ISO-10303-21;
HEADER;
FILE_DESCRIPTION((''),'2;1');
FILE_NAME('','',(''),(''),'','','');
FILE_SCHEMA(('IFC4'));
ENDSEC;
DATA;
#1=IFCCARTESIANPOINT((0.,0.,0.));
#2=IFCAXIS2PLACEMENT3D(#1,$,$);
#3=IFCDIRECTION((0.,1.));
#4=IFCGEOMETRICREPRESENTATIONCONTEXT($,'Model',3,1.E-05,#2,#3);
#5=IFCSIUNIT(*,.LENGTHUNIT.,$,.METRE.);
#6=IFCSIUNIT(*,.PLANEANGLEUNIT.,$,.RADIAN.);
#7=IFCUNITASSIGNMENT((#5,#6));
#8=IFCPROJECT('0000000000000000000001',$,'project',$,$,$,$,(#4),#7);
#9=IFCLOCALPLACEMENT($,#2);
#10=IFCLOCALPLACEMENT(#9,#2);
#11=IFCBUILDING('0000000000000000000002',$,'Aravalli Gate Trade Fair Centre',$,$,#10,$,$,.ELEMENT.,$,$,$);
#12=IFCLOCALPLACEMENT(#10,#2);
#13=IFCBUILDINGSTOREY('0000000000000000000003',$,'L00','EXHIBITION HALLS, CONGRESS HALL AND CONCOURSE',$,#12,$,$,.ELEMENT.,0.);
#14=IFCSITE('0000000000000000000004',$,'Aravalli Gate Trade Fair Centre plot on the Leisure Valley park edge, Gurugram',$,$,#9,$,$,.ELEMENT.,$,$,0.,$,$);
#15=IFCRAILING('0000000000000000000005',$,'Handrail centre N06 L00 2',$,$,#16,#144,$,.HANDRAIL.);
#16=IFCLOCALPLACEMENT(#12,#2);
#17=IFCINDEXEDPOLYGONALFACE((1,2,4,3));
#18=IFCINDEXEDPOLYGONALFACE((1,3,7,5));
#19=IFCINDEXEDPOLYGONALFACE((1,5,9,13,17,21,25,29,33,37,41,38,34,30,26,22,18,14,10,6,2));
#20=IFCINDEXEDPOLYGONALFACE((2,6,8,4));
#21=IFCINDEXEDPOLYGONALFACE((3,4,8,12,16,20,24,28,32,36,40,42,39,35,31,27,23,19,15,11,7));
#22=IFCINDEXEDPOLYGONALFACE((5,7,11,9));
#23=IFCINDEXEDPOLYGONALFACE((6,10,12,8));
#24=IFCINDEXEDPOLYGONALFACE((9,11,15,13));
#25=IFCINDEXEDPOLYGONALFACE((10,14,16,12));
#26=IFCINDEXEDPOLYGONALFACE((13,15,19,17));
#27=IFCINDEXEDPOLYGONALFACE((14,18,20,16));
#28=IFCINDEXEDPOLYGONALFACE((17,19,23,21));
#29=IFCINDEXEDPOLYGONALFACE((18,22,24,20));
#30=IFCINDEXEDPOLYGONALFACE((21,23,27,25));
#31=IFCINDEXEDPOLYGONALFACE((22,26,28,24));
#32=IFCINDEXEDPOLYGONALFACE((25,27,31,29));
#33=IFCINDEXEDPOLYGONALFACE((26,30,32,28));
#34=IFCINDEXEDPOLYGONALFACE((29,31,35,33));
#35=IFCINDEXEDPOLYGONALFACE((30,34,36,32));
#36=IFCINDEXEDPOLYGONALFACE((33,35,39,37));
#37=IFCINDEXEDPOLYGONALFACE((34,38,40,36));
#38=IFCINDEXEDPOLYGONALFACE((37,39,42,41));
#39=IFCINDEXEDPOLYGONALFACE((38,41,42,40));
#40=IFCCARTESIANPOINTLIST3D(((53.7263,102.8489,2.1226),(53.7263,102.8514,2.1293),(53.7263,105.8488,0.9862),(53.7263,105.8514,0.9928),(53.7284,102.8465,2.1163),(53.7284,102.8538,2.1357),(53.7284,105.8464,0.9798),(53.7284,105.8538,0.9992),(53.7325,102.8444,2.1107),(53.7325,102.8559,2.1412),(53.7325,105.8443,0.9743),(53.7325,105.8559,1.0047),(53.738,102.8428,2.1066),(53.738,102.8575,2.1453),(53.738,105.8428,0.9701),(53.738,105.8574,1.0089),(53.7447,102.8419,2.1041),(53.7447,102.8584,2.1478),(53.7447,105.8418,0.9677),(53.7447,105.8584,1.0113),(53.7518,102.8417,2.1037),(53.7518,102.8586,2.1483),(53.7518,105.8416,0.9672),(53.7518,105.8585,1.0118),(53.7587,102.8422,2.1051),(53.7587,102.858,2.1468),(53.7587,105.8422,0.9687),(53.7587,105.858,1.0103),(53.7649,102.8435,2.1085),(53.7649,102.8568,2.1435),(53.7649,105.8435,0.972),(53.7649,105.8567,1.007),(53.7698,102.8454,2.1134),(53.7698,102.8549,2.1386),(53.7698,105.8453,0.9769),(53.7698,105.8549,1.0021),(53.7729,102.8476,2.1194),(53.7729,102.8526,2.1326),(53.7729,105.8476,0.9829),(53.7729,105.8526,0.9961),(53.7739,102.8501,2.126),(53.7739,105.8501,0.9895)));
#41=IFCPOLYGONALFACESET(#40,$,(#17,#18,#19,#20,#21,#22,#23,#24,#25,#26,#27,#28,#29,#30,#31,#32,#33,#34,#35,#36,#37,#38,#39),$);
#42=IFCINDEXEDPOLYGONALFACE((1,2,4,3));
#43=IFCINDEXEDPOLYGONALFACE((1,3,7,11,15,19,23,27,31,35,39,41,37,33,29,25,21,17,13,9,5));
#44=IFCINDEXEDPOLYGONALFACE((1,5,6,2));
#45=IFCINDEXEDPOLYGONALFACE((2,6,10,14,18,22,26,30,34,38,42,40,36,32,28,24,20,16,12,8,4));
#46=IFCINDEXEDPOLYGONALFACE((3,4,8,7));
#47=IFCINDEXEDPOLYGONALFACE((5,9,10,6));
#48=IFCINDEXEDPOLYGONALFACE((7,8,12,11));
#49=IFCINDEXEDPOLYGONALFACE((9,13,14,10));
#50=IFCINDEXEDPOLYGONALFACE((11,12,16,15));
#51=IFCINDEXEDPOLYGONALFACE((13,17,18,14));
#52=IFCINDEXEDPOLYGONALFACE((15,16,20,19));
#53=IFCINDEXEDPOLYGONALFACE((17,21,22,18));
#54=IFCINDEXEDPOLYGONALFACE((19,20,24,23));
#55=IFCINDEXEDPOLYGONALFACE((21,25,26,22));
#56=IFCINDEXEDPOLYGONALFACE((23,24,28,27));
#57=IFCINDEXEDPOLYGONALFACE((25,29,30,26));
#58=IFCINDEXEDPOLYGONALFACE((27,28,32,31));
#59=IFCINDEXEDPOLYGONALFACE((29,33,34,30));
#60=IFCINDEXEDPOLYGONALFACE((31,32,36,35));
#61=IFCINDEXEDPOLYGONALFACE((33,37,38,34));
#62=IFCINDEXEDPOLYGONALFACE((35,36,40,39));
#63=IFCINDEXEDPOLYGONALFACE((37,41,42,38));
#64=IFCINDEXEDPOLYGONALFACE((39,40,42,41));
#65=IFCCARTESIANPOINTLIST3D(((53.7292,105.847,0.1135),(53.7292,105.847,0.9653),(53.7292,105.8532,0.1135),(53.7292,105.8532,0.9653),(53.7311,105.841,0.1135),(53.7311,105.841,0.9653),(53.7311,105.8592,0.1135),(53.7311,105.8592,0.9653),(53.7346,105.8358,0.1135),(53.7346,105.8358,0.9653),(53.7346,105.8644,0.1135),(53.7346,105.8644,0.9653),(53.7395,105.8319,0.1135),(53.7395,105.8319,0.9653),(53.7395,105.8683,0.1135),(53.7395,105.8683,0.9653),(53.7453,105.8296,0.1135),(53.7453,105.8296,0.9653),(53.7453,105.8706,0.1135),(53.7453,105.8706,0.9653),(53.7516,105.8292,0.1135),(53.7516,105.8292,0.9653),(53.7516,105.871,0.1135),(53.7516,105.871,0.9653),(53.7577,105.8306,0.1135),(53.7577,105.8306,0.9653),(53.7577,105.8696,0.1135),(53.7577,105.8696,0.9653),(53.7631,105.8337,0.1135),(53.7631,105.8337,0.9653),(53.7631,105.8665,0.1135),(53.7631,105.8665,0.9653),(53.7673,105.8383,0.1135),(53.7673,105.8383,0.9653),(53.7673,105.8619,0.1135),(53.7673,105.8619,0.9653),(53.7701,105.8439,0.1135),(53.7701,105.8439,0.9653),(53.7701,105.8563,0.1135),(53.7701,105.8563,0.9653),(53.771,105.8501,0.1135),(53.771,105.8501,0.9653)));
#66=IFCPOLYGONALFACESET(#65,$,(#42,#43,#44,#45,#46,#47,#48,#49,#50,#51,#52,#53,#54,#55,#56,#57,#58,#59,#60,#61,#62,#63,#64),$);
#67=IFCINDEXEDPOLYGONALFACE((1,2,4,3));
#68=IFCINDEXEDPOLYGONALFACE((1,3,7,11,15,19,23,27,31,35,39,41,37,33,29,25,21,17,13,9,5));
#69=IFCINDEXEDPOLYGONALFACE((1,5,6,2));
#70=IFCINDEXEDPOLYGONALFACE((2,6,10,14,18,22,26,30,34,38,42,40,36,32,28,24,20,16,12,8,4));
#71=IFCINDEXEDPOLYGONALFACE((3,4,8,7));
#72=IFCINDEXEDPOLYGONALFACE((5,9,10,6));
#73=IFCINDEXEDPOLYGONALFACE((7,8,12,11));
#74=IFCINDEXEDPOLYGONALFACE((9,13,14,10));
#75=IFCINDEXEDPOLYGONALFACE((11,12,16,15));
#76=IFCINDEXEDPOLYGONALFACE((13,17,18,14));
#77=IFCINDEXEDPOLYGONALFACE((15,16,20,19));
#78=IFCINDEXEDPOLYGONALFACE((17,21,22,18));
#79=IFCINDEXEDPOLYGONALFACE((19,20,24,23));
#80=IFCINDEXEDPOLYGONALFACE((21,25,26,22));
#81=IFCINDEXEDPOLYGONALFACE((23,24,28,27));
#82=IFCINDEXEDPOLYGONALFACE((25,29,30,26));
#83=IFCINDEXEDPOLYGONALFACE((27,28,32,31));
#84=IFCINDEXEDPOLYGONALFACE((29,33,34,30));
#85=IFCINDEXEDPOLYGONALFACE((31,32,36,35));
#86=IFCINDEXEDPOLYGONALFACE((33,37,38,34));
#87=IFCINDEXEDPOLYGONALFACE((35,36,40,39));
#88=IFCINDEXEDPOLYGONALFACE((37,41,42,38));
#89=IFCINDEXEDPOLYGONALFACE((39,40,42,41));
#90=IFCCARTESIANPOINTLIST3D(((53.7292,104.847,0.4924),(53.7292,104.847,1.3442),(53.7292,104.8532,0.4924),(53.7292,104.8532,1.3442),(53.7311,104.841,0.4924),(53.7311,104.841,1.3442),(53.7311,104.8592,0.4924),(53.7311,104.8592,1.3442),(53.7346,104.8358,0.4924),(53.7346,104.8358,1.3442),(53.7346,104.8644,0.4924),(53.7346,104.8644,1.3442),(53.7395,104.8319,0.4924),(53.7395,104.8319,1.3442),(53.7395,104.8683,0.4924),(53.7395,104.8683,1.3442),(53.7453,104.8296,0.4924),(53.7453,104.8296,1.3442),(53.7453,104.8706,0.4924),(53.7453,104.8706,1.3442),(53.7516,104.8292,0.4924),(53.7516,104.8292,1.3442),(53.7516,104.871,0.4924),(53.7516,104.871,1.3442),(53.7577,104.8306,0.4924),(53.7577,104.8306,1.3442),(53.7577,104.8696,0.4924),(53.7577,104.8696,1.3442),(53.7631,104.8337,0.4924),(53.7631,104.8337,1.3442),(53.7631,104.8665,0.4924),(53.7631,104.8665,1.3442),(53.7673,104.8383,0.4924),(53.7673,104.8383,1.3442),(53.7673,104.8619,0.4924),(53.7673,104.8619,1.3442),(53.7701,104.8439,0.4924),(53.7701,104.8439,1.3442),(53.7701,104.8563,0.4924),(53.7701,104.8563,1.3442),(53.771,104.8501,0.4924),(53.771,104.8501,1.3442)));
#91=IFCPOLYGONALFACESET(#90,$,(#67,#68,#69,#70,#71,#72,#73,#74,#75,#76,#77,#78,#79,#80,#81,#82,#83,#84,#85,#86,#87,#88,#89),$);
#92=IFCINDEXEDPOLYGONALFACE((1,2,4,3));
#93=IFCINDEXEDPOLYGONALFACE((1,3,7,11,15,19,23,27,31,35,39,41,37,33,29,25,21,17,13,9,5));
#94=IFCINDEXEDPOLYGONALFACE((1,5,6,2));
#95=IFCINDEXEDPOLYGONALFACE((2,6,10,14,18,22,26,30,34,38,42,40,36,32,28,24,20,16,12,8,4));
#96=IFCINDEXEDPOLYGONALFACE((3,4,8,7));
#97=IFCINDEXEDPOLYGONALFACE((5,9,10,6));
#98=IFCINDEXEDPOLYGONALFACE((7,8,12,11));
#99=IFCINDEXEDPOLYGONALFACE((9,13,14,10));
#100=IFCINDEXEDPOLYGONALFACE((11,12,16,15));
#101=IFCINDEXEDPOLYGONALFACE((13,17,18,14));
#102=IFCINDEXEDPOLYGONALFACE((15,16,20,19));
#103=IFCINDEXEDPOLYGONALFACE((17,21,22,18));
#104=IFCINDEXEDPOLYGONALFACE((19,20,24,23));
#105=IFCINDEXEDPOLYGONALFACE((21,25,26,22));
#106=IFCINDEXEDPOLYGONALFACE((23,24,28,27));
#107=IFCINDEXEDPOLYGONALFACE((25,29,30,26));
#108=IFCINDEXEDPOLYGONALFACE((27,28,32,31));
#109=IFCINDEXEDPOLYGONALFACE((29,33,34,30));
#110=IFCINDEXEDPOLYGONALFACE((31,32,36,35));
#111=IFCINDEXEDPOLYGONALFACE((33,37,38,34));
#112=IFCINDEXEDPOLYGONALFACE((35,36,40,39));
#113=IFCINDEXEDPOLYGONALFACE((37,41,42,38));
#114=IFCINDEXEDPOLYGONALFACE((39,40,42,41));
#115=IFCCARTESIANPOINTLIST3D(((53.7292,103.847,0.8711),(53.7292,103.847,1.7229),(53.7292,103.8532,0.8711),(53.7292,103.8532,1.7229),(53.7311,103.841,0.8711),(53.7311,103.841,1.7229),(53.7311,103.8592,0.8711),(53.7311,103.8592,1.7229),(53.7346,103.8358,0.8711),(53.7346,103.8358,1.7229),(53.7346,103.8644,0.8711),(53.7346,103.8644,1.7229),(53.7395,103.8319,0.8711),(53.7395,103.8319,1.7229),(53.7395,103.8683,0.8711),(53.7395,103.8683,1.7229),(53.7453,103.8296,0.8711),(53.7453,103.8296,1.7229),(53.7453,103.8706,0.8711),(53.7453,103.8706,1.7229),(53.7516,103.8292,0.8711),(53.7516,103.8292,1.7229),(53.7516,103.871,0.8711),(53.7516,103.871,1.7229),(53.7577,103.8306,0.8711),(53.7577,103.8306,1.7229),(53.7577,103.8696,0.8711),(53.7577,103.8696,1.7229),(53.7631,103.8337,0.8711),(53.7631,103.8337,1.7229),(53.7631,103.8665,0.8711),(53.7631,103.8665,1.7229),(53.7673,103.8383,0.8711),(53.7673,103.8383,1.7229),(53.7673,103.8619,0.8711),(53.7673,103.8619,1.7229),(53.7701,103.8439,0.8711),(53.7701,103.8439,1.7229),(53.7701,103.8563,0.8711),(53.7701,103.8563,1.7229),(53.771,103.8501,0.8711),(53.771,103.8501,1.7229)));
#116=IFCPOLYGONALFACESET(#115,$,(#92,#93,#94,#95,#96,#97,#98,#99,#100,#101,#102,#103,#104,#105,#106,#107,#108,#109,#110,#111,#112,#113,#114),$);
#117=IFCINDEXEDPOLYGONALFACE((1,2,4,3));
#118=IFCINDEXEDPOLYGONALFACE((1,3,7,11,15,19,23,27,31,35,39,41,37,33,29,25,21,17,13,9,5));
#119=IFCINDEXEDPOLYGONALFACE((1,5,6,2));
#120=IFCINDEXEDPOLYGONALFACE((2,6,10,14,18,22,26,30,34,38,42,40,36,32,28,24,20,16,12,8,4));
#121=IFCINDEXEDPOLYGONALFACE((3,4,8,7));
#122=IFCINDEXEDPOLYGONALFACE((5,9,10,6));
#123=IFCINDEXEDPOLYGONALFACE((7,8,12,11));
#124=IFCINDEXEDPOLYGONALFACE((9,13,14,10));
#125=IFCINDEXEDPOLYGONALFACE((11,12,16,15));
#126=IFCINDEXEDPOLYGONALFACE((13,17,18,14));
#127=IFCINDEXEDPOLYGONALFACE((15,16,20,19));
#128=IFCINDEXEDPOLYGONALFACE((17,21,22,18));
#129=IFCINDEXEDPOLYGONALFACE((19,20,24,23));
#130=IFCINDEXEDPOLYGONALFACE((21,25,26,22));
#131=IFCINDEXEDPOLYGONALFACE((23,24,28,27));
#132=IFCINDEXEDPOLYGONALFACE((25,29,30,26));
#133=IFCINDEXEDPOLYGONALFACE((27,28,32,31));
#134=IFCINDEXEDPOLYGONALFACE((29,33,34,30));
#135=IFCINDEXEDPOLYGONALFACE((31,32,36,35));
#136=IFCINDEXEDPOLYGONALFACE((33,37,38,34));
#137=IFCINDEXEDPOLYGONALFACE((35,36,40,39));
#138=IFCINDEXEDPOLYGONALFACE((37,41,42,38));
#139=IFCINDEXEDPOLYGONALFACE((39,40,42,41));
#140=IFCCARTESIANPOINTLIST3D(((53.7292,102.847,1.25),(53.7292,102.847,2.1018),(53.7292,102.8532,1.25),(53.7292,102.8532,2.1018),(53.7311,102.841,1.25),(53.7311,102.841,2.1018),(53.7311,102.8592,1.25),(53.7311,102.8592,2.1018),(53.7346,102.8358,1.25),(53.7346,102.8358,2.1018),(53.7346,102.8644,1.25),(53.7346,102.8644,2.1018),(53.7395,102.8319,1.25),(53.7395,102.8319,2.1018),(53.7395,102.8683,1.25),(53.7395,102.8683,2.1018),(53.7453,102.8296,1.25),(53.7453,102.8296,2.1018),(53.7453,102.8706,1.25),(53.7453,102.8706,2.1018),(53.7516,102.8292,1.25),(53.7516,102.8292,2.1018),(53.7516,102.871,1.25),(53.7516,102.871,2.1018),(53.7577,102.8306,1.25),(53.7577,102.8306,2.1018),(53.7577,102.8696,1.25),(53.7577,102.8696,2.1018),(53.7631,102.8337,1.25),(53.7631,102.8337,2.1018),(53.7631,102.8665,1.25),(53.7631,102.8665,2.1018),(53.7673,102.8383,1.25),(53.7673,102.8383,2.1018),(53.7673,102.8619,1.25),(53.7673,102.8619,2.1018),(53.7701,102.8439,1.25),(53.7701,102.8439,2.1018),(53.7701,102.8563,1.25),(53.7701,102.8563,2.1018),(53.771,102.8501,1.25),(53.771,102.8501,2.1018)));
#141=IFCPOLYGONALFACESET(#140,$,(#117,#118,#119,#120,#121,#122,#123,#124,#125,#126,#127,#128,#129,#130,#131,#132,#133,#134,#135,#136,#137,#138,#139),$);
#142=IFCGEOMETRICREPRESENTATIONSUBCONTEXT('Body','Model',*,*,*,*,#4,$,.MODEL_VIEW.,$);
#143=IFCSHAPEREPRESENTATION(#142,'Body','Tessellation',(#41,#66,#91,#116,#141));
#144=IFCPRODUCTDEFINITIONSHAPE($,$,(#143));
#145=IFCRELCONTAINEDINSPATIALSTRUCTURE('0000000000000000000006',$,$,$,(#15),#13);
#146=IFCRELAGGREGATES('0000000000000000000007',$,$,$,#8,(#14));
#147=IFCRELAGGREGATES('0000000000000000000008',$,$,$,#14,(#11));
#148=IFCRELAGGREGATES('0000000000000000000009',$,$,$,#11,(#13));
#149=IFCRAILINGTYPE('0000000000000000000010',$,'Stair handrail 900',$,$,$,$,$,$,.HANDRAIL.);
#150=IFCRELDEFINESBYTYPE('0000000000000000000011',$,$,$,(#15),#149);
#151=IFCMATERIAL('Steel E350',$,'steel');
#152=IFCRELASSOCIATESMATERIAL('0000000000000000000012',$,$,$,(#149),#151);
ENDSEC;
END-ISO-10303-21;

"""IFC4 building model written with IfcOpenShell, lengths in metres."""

from ifc_helpers import new_model, si_unit, direction, frame, origin, origin_2d, place, context, subcontext, project, spatial, circle, extrude, material, type_object, element, save


model = new_model("IFC4")

# Units and contexts
model_context = context("Model", 3, precision=1e-05, world=origin(), true_north=direction((0.0, 1.0)))
body_context = subcontext(model_context, "Body", "Model", "MODEL_VIEW")
ifc_project = project(units=[si_unit("LENGTHUNIT", "METRE"), si_unit("PLANEANGLEUNIT", "RADIAN")], contexts=[model_context])

# Site, building, storey
site_placement = place(None, origin())
site = spatial("IfcSite", under=ifc_project, at=site_placement, Name="Aravalli Gate Trade Fair Centre plot on the Leisure Valley park edge, Gurugram", CompositionType="ELEMENT", RefElevation=0.0)
building_placement = place(site_placement, origin())
building = spatial("IfcBuilding", under=site, at=building_placement, Name="Aravalli Gate Trade Fair Centre", CompositionType="ELEMENT")
storey_placement = place(building_placement, origin())
storey = spatial("IfcBuildingStorey", under=building, at=storey_placement, Name="L00", Description="EXHIBITION HALLS, CONGRESS HALL AND CONCOURSE", CompositionType="ELEMENT", Elevation=0.0)

# Shared definitions
ifc_material_1 = material(Name="Steel E350", Category="steel")

# Railing
railing_type = type_object("IfcRailingType", Name="Stair handrail 900", PredefinedType="HANDRAIL", material=ifc_material_1)
for number, where, name in (
    (1, (53.75, 105.8501, 0.1135), "Handrail centre N06 L00 2"),
):
    element("IfcRailing", number, at=place(storey_placement, frame(where)), inside=storey, type_object=railing_type, Name=name, PredefinedType="HANDRAIL", context=body_context, shape_type="SweptSolid", body=[
        extrude(circle(Radius=0.0239, at=origin_2d()), frame((0.0, 0.0, 0.876), z_axis=(0.0, -0.935148, 0.354257), x_axis=(1.0, 0.0, 0.0)), (0.0, 0.0, 1.0), 3.208),
        extrude(circle(Radius=0.021, at=origin_2d()), origin(), (0.0, 0.0, 1.0), 0.8518),
        extrude(circle(Radius=0.021, at=origin_2d()), frame((0.0, -1.0, 0.3789)), (0.0, 0.0, 1.0), 0.8518),
        extrude(circle(Radius=0.021, at=origin_2d()), frame((0.0, -2.0, 0.7576)), (0.0, 0.0, 1.0), 0.8518),
        extrude(circle(Radius=0.021, at=origin_2d()), frame((0.0, -3.0, 1.1365)), (0.0, 0.0, 1.0), 0.8518),
    ])

save(model, "model.ifc")
